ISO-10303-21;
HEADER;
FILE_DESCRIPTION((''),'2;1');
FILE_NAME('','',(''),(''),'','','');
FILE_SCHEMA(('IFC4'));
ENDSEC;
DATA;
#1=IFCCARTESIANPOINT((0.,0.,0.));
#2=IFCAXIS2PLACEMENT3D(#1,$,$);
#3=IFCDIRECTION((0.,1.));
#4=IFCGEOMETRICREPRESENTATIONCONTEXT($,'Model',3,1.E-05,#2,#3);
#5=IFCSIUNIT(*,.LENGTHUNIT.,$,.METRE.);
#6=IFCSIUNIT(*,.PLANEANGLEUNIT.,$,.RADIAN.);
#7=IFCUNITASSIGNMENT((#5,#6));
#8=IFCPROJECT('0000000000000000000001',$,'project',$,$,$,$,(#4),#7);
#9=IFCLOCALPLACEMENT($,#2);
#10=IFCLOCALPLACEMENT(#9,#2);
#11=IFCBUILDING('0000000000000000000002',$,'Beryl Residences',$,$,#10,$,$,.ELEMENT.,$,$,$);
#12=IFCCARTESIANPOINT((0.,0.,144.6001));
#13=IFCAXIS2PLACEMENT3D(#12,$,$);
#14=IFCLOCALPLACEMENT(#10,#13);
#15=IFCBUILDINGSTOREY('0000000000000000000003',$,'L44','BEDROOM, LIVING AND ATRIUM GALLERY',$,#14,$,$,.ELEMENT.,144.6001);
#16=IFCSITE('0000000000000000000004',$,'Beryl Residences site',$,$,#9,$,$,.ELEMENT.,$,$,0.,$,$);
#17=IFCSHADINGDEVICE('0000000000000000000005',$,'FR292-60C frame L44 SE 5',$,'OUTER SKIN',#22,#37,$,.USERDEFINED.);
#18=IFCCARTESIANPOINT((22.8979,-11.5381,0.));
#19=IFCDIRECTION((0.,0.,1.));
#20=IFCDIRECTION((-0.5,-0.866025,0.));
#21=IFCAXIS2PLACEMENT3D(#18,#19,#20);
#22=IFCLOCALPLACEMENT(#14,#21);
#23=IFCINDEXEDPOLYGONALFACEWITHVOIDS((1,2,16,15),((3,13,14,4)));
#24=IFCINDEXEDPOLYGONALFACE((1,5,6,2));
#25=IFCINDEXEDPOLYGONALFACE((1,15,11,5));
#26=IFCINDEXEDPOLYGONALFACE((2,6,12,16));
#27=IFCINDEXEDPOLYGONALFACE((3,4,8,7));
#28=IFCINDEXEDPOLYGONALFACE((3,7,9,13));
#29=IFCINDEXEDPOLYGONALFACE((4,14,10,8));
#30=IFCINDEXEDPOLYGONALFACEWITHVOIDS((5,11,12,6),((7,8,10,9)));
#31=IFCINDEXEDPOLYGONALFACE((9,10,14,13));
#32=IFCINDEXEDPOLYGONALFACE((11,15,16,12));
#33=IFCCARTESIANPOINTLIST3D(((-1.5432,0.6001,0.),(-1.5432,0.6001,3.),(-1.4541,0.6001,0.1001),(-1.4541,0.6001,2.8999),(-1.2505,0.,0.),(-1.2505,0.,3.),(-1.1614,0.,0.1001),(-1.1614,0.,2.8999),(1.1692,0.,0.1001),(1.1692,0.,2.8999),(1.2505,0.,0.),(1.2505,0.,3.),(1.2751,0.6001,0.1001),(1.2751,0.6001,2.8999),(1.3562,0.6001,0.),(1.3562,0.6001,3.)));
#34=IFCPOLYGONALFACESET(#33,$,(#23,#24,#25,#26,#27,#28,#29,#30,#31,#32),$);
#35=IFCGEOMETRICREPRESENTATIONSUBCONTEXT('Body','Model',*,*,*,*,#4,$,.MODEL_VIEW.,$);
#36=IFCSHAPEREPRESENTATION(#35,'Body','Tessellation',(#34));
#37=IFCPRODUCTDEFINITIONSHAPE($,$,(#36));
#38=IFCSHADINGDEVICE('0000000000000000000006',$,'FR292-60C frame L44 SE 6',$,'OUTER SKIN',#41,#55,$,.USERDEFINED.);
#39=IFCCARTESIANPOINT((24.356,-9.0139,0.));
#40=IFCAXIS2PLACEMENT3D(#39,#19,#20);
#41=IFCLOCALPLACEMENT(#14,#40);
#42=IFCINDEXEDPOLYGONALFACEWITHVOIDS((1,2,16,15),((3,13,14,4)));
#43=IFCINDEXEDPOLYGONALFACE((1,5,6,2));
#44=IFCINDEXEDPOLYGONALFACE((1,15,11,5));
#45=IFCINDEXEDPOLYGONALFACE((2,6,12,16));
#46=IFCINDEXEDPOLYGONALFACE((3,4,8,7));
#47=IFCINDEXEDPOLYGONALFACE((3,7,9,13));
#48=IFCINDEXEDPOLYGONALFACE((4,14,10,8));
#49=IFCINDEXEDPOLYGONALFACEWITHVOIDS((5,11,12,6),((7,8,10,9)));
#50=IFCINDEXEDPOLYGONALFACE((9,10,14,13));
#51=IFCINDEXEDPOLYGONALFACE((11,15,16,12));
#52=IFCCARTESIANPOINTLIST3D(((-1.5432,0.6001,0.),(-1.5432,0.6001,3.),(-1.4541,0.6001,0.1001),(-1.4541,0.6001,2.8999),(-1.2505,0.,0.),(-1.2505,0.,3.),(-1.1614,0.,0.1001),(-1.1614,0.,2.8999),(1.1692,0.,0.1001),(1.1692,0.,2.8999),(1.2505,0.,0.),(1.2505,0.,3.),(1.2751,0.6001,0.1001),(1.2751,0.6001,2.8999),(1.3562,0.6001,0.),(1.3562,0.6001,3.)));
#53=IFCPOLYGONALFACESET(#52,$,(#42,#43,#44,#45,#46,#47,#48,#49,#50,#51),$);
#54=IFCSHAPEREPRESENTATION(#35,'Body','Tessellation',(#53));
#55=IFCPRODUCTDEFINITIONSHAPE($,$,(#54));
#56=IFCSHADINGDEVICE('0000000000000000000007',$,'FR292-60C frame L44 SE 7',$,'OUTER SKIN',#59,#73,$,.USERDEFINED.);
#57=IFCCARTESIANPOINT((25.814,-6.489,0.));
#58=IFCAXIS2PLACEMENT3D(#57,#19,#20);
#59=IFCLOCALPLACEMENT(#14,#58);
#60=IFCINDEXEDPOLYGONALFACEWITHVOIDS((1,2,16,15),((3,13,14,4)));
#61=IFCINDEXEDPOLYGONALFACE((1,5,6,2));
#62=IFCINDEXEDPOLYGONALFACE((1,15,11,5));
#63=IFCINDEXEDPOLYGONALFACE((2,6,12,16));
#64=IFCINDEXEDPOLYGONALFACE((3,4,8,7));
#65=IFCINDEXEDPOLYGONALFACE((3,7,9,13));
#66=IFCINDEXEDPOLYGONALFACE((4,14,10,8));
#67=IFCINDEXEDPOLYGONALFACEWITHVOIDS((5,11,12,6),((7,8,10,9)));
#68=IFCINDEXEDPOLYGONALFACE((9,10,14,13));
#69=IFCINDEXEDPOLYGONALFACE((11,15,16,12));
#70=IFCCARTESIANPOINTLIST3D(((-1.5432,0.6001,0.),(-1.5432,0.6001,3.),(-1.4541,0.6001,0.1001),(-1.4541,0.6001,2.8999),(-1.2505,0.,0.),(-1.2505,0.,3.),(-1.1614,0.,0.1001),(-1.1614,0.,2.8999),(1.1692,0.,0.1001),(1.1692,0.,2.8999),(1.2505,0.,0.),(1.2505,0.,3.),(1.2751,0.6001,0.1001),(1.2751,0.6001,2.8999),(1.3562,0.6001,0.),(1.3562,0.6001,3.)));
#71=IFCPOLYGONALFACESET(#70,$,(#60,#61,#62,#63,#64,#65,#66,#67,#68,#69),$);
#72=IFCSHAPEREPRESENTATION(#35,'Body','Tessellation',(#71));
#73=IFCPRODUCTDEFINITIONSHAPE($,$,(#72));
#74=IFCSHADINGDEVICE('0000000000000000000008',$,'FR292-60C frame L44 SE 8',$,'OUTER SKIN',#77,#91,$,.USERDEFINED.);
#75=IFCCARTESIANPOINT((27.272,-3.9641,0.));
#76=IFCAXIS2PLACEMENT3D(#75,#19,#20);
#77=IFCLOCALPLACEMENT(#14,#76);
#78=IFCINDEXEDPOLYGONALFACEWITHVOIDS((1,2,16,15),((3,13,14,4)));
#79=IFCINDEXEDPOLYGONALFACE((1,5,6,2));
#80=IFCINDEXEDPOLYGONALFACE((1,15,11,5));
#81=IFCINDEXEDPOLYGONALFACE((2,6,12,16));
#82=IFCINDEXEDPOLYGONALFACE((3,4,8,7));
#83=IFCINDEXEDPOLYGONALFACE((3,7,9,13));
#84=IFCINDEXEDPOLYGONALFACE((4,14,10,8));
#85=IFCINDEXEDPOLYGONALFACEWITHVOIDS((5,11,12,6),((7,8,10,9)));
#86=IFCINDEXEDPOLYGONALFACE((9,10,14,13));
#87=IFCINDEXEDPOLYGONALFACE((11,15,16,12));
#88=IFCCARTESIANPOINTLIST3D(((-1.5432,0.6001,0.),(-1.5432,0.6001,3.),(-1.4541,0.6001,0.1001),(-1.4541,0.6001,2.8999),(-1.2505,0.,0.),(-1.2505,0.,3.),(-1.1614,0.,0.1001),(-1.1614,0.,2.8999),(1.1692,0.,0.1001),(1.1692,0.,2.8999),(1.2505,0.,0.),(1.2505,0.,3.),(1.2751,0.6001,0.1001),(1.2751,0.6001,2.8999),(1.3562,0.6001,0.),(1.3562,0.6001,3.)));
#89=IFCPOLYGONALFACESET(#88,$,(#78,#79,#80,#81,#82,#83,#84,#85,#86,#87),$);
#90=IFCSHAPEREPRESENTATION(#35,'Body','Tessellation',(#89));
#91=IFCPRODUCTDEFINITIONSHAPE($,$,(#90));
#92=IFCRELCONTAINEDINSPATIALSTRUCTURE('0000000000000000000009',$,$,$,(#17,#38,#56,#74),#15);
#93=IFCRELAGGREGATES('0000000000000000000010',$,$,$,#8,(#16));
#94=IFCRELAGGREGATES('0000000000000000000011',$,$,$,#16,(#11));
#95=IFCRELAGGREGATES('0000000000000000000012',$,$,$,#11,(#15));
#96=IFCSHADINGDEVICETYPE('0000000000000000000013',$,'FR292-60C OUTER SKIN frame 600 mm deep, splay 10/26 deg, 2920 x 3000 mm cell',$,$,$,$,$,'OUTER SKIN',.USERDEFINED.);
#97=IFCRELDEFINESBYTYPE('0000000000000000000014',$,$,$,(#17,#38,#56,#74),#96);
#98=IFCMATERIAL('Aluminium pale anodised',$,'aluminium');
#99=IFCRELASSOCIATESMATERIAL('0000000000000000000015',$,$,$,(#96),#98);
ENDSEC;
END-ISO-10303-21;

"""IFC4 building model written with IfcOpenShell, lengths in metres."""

from ifc_helpers import new_model, entity, si_unit, direction, frame, origin, place, context, subcontext, project, spatial, source, transform, mapped, material, type_object, type_shapes, element, save


model = new_model("IFC4")

# Units and contexts
model_context = context("Model", 3, precision=1e-05, world=origin(), true_north=direction((0.0, 1.0)))
body_context = subcontext(model_context, "Body", "Model", "MODEL_VIEW")
ifc_project = project(units=[si_unit("LENGTHUNIT", "METRE"), si_unit("PLANEANGLEUNIT", "RADIAN")], contexts=[model_context])

# Site, building, storey
site_placement = place(None, origin())
site = spatial("IfcSite", under=ifc_project, at=site_placement, Name="Beryl Residences site", CompositionType="ELEMENT", RefElevation=0.0)
building_placement = place(site_placement, origin())
building = spatial("IfcBuilding", under=site, at=building_placement, Name="Beryl Residences", CompositionType="ELEMENT")
storey_placement = place(building_placement, frame((0.0, 0.0, 144.6001)))
storey = spatial("IfcBuildingStorey", under=building, at=storey_placement, Name="L44", Description="BEDROOM, LIVING AND ATRIUM GALLERY", CompositionType="ELEMENT", Elevation=144.6001)

# Shading devices
ifc_material_1 = material(Name="Aluminium pale anodised", Category="aluminium")
shading_device_type = type_object("IfcShadingDeviceType", Name="FR292-60C OUTER SKIN frame 600 mm deep, splay 10/26 deg, 2920 x 3000 mm cell", ElementType="OUTER SKIN", PredefinedType="USERDEFINED", material=ifc_material_1)
cartesian_point_1 = entity("IfcCartesianPoint", [-1.2505, 0.0])
cartesian_point_2 = entity("IfcCartesianPoint", [-1.1692, 0.1001])
cartesian_point_3 = entity("IfcCartesianPoint", [-1.3562, 0.0])
cartesian_point_4 = entity("IfcCartesianPoint", [-1.2751, 0.1001])
shared_shape_1 = source(origin(), body_context, "Body", "SweptSolid", [
    entity("IfcExtrudedAreaSolidTapered", entity("IfcArbitraryProfileDefWithVoids", "AREA", None, entity("IfcPolyline", [cartesian_point_1, entity("IfcCartesianPoint", [1.2505, 0.0]), entity("IfcCartesianPoint", [1.2505, 3.0]), entity("IfcCartesianPoint", [-1.2505, 3.0]), cartesian_point_1]), [entity("IfcPolyline", [cartesian_point_2, entity("IfcCartesianPoint", [1.1614, 0.1001]), entity("IfcCartesianPoint", [1.1614, 2.8999]), entity("IfcCartesianPoint", [-1.1692, 2.8999]), cartesian_point_2])]), entity("IfcAxis2Placement3D", entity("IfcCartesianPoint", [0.0, 0.0, 0.0]), entity("IfcDirection", [0.0, 1.0, 0.0]), entity("IfcDirection", [-1.0, 0.0, 0.0])), entity("IfcDirection", [0.0, 0.0, 1.0]), 0.6001, entity("IfcArbitraryProfileDefWithVoids", "AREA", None, entity("IfcPolyline", [cartesian_point_3, entity("IfcCartesianPoint", [1.5432, 0.0]), entity("IfcCartesianPoint", [1.5432, 3.0]), entity("IfcCartesianPoint", [-1.3562, 3.0]), cartesian_point_3]), [entity("IfcPolyline", [cartesian_point_4, entity("IfcCartesianPoint", [1.4541, 0.1001]), entity("IfcCartesianPoint", [1.4541, 2.8999]), entity("IfcCartesianPoint", [-1.2751, 2.8999]), cartesian_point_4])])),
])
type_shapes(shading_device_type, [shared_shape_1])
for number, where, z_axis, x_axis, name in (
    (1, (22.8979, -11.5381, 0.0), (0.0, 0.0, 1.0), (-0.5, -0.866025, 0.0), "FR292-60C frame L44 SE 5"),
    (2, (24.356, -9.0139, 0.0), (0.0, 0.0, 1.0), (-0.5, -0.866025, 0.0), "FR292-60C frame L44 SE 6"),
    (3, (25.814, -6.489, 0.0), (0.0, 0.0, 1.0), (-0.5, -0.866025, 0.0), "FR292-60C frame L44 SE 7"),
    (4, (27.272, -3.9641, 0.0), (0.0, 0.0, 1.0), (-0.5, -0.866025, 0.0), "FR292-60C frame L44 SE 8"),
):
    element("IfcShadingDevice", number, at=place(storey_placement, frame(where, z_axis=z_axis, x_axis=x_axis)), inside=storey, type_object=shading_device_type, Name=name, ObjectType="OUTER SKIN", PredefinedType="USERDEFINED", context=body_context, shape_type="MappedRepresentation", body=[
        mapped(shared_shape_1, transform((0.0, 0.0, 0.0))),
    ])

save(model, "model.ifc")
